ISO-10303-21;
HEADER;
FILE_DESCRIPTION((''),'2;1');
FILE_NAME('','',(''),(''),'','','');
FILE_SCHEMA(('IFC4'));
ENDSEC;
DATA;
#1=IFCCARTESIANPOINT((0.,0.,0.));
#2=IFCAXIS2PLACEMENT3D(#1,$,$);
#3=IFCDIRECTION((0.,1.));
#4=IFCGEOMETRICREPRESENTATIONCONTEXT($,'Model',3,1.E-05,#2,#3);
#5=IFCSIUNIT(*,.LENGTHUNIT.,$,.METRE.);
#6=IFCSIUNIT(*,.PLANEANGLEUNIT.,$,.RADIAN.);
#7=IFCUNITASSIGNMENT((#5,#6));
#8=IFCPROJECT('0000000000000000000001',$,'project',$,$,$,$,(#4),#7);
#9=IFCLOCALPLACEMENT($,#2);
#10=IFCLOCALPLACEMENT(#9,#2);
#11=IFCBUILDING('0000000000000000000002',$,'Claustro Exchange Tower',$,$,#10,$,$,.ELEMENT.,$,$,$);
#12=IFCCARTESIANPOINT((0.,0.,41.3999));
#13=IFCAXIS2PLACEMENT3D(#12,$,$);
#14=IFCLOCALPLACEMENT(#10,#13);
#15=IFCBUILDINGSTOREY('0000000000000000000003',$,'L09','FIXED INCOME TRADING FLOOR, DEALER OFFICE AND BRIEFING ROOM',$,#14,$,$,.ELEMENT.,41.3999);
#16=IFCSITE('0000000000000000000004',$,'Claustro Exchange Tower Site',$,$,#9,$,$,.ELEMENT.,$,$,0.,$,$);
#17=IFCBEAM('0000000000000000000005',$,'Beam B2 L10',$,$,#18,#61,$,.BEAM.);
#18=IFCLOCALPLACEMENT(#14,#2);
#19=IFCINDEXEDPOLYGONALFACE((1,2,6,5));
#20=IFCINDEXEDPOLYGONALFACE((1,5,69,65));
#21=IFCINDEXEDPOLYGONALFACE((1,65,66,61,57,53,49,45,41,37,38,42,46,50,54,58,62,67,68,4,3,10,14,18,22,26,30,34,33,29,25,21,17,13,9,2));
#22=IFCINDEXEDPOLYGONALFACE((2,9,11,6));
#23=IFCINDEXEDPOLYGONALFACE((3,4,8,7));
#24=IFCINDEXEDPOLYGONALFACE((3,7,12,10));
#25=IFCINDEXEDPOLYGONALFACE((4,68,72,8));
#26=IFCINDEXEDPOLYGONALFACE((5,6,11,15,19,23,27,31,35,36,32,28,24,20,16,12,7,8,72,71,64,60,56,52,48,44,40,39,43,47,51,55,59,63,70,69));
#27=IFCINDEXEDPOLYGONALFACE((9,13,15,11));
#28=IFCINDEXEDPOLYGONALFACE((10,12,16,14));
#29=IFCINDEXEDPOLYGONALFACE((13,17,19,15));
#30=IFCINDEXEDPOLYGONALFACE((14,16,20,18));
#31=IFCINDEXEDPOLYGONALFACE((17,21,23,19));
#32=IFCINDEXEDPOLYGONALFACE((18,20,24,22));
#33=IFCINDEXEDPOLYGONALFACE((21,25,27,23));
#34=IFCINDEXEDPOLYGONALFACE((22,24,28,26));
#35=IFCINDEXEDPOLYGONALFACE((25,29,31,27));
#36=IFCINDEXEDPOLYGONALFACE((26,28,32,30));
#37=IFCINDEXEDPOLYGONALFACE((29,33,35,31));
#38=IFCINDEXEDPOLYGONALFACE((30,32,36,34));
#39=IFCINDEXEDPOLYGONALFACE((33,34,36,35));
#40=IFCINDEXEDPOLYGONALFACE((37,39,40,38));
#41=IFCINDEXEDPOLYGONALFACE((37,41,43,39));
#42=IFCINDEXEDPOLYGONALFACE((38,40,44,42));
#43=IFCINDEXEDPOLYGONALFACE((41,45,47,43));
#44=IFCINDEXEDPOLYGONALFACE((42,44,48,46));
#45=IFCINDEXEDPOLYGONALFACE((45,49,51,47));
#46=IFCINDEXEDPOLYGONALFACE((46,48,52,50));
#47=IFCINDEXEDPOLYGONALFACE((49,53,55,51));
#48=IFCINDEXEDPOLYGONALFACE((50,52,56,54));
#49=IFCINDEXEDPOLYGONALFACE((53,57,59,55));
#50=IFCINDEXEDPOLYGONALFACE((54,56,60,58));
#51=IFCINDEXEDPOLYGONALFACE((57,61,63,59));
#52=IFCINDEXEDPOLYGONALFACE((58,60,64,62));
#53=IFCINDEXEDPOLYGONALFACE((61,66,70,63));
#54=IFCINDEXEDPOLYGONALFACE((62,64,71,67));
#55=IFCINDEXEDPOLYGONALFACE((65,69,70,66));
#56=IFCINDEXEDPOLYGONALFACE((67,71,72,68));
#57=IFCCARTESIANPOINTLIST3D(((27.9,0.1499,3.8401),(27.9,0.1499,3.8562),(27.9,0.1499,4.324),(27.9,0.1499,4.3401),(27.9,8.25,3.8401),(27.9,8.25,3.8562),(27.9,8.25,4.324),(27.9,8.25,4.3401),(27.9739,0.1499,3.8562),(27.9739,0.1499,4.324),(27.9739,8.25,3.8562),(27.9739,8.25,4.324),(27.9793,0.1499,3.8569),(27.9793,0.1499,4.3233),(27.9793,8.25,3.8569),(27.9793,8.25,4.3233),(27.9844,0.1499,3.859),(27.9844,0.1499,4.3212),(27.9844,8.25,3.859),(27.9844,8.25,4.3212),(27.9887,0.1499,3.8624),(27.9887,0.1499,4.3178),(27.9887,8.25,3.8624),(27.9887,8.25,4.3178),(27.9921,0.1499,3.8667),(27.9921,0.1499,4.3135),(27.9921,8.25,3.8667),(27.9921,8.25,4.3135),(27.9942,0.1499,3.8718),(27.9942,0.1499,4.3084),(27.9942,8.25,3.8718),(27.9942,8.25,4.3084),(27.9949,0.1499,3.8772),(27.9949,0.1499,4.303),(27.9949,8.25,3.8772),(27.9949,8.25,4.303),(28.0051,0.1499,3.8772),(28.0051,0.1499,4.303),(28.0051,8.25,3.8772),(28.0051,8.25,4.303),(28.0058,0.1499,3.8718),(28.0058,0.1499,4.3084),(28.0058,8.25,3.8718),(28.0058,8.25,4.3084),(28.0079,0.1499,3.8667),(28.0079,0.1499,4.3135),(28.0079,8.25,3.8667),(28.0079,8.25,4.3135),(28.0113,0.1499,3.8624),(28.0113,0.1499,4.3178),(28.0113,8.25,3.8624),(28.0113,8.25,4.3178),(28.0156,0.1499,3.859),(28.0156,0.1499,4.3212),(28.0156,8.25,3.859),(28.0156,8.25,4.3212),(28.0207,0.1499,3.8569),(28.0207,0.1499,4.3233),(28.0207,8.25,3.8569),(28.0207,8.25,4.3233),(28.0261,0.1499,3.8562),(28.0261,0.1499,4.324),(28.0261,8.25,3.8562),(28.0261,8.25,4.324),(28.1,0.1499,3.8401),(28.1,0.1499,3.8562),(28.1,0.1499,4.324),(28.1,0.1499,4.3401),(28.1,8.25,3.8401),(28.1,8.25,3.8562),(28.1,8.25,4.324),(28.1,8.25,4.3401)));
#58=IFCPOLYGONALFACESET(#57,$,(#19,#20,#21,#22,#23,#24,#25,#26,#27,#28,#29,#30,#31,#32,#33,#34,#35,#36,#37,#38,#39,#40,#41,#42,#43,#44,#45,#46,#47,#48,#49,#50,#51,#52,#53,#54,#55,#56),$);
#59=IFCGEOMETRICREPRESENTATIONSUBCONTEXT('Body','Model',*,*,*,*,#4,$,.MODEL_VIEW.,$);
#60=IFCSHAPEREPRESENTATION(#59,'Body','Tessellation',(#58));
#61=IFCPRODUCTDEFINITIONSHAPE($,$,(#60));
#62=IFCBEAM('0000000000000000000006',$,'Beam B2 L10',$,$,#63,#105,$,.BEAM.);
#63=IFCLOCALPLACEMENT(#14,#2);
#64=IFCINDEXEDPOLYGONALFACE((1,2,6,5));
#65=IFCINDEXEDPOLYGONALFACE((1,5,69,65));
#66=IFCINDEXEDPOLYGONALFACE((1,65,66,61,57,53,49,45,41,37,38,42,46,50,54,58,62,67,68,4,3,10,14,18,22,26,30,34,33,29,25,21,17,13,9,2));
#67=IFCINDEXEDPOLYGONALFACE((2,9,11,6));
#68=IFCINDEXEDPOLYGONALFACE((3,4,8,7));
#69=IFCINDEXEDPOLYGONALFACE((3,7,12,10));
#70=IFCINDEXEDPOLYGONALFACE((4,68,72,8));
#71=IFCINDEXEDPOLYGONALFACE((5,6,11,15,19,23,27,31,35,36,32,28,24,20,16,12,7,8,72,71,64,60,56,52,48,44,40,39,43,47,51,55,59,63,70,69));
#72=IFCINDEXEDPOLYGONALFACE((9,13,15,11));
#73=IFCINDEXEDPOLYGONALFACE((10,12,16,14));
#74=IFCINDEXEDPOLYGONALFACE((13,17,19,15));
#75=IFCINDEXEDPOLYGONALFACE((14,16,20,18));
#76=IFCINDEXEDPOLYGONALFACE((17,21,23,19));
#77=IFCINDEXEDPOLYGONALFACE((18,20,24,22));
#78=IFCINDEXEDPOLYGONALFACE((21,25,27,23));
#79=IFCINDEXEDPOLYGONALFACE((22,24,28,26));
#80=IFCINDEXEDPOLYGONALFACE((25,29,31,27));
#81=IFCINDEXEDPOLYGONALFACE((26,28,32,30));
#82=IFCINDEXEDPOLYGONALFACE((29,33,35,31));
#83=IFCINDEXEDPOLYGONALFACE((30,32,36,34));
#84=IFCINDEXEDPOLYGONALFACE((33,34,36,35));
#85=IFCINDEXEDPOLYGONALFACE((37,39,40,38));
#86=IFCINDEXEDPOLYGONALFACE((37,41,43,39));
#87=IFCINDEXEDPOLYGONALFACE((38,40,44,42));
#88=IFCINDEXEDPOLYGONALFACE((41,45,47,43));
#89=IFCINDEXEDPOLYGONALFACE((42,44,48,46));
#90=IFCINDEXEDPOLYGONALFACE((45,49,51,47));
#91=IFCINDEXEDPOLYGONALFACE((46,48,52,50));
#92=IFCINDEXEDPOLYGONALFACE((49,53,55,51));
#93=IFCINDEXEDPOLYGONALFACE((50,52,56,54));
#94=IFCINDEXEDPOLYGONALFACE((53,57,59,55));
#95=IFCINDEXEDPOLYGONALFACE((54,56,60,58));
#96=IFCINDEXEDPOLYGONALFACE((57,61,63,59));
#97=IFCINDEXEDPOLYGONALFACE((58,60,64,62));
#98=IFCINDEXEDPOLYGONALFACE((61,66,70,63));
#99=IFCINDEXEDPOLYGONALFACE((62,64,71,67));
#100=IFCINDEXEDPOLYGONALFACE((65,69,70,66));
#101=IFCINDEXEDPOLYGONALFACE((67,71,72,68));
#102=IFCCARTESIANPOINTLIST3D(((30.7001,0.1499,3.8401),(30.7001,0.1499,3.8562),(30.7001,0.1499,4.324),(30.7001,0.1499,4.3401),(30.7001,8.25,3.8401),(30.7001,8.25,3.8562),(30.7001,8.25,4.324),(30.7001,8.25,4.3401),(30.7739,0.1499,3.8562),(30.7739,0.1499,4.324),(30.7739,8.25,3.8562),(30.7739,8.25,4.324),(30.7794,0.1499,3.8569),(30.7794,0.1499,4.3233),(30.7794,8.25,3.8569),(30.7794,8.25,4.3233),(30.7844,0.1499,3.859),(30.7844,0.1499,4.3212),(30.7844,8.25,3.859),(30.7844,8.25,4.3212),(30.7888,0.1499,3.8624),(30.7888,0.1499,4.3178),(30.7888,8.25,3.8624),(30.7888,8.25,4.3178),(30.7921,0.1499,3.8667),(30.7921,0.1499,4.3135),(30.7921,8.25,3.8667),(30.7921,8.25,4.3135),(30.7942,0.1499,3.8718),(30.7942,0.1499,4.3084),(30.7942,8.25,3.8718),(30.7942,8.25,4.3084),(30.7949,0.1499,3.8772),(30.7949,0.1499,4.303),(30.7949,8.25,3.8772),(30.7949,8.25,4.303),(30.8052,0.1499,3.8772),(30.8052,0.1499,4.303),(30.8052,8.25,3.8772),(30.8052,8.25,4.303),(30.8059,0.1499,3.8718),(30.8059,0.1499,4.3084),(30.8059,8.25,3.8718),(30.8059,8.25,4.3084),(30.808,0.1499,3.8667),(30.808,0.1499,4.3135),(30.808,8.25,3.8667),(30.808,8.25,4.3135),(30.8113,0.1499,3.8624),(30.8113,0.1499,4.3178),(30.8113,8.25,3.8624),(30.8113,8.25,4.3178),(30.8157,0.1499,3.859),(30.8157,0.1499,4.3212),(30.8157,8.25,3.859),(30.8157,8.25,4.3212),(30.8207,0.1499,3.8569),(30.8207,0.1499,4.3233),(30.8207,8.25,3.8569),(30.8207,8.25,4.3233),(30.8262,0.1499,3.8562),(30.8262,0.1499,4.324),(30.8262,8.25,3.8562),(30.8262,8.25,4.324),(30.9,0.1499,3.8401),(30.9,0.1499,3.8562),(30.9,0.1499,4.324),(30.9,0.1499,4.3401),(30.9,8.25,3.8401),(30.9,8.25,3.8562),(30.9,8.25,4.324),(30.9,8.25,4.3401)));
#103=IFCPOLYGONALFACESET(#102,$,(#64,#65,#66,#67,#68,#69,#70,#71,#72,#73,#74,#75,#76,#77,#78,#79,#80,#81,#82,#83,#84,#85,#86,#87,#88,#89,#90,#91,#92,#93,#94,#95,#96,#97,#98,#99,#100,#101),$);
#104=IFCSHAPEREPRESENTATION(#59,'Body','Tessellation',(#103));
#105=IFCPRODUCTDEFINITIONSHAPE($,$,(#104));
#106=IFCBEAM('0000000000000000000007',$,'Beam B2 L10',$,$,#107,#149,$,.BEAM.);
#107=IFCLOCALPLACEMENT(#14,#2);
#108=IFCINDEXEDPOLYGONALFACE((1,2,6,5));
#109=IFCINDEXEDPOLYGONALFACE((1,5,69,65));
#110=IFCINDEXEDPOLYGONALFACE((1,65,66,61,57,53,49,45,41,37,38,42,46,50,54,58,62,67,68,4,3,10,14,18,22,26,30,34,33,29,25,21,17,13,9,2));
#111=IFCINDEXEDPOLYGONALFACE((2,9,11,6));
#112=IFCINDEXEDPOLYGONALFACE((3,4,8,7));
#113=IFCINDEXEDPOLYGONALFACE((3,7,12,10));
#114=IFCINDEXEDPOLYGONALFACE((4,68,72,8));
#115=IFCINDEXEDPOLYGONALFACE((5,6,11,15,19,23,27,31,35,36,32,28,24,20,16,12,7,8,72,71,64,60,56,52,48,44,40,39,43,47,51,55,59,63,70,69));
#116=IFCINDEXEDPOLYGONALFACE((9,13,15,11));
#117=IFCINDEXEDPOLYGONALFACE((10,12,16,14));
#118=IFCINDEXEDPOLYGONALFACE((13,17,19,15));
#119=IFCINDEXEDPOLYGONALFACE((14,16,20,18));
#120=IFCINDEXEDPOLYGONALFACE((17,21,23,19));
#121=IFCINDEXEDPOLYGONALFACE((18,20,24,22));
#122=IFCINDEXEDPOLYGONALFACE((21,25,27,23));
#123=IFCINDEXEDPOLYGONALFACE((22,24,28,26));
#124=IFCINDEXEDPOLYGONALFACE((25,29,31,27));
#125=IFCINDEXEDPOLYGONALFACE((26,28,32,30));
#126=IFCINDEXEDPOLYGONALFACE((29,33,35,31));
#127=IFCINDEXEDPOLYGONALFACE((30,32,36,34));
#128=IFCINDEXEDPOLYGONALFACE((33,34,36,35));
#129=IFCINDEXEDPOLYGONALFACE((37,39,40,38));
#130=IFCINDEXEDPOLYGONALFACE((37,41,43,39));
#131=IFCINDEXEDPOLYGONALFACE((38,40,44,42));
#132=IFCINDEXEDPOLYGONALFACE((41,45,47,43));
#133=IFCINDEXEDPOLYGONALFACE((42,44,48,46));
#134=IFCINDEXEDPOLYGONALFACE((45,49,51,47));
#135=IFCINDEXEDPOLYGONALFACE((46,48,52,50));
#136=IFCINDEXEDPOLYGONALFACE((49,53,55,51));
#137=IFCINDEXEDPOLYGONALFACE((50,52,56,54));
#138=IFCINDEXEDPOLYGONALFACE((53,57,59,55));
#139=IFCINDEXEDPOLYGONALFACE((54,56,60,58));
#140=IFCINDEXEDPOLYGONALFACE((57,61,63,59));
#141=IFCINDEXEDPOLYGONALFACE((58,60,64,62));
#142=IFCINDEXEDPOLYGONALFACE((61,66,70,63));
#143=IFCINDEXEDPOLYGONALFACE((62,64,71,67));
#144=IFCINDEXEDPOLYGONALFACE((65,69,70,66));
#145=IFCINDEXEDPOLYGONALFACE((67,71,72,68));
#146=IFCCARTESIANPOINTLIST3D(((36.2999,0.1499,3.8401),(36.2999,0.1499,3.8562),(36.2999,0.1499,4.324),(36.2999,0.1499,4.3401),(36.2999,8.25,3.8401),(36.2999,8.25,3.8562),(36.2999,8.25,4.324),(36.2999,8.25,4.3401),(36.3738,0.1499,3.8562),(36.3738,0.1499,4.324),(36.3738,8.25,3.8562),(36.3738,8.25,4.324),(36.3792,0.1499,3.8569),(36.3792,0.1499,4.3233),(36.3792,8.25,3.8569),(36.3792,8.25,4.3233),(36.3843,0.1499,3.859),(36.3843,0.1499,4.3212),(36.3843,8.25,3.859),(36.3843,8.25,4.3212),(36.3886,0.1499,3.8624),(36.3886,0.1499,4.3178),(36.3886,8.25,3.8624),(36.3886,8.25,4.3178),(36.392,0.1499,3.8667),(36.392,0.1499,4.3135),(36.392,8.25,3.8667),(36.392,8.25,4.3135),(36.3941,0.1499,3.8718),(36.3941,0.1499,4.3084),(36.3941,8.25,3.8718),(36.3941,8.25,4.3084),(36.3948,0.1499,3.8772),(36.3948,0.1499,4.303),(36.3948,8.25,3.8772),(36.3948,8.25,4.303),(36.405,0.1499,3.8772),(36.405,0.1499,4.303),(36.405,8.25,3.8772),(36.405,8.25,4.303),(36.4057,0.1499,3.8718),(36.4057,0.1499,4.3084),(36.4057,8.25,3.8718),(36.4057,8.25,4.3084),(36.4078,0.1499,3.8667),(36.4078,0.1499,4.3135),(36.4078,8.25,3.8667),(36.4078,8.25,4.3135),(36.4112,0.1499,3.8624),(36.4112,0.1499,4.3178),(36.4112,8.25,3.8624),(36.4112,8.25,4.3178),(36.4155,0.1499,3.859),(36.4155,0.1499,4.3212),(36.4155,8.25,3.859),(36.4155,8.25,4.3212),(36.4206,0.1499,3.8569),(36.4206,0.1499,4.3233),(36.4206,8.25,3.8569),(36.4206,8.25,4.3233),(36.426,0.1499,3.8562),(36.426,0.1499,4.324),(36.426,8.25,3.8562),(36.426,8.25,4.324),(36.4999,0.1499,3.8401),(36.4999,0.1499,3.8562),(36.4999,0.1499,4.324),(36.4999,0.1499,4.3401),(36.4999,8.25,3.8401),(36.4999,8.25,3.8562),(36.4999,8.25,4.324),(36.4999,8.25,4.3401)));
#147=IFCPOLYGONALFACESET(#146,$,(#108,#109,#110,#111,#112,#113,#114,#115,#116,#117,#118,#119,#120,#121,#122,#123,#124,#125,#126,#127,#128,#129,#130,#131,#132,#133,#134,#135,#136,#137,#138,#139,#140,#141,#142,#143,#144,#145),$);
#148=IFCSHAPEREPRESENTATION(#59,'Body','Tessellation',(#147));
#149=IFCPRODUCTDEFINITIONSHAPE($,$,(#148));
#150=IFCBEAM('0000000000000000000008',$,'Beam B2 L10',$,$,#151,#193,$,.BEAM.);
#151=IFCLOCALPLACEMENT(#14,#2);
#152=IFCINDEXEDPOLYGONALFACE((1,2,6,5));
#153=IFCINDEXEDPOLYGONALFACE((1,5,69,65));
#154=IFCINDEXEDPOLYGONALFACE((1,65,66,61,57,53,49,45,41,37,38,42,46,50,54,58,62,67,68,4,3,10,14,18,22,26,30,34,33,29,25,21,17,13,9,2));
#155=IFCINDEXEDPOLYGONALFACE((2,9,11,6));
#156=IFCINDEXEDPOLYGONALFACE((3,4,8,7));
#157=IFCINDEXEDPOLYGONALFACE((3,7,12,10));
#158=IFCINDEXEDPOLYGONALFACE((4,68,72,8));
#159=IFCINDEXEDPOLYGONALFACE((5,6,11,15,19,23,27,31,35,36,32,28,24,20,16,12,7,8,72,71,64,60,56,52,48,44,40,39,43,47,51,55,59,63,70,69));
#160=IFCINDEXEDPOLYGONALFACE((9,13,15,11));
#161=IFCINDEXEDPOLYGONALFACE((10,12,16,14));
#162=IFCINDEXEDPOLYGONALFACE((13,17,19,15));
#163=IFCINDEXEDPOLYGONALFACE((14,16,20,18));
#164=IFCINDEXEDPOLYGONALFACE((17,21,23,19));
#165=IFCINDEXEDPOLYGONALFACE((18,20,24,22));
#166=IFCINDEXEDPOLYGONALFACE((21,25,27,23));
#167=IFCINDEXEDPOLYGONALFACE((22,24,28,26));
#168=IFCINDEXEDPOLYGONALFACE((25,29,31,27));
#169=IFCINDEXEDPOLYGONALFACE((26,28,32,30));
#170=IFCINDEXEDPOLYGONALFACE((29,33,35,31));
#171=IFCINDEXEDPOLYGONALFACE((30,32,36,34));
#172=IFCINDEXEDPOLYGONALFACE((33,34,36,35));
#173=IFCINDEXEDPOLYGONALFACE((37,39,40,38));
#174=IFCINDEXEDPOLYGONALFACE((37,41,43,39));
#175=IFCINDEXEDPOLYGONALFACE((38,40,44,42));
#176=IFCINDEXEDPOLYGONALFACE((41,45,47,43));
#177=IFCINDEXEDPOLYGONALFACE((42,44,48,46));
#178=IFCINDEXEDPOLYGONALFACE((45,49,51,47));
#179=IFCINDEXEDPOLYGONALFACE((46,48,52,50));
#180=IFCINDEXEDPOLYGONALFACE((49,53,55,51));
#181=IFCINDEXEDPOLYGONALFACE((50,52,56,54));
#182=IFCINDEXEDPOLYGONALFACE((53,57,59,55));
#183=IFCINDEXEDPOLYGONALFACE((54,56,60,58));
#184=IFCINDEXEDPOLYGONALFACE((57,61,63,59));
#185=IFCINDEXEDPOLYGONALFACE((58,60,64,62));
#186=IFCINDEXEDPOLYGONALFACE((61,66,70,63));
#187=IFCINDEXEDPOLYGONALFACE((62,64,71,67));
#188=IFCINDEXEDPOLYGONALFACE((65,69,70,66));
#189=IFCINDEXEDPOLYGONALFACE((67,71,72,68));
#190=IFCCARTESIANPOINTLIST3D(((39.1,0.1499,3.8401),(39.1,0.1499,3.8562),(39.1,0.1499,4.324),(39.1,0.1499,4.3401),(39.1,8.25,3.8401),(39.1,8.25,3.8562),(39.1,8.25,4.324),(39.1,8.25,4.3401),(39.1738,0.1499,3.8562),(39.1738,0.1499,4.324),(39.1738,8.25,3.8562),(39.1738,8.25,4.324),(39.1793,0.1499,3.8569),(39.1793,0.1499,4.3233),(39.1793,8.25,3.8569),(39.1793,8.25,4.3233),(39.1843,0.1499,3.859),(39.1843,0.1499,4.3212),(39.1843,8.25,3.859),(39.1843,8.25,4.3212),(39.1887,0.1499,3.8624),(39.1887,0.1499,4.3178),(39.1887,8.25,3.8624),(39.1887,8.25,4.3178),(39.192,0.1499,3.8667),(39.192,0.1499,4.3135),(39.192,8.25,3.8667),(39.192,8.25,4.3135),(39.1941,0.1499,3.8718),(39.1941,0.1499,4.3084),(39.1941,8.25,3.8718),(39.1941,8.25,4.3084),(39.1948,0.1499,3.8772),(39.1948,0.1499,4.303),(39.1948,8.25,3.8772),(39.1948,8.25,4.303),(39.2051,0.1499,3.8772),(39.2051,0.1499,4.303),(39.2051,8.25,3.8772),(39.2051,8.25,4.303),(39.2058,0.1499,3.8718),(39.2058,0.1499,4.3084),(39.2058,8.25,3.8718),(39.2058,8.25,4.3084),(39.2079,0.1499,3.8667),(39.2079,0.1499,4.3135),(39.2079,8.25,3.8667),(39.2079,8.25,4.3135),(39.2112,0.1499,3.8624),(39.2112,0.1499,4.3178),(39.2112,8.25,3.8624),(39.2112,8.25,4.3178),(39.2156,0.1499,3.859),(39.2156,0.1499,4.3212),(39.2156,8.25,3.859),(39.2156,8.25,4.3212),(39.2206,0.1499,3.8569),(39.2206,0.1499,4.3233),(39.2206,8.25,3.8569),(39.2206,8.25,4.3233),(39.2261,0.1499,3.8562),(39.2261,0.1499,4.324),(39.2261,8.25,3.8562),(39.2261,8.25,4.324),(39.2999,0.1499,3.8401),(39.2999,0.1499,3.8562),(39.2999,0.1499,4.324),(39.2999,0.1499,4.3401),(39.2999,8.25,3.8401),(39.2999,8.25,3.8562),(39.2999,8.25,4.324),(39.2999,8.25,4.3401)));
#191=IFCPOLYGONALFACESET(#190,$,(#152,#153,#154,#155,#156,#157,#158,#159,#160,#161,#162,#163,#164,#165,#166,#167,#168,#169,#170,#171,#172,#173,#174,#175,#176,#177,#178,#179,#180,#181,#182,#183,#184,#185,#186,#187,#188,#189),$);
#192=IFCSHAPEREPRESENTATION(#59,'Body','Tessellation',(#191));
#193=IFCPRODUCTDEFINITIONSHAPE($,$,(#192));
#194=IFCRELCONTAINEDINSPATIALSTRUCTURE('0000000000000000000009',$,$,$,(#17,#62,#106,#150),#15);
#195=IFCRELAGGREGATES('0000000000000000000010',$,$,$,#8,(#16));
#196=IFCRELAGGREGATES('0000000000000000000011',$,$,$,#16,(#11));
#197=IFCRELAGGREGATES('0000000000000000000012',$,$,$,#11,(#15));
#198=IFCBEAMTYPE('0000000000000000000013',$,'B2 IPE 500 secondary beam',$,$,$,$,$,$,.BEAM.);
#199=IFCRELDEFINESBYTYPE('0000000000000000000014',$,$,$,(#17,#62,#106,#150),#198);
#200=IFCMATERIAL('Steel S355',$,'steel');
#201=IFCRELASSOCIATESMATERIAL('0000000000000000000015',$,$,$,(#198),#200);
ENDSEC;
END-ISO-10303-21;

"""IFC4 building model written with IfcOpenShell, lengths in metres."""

from ifc_helpers import new_model, si_unit, direction, frame, origin, origin_2d, place, context, subcontext, project, spatial, i_section, extrude, material, material_profile, profile_set, type_object, element, save


model = new_model("IFC4")

# Units and contexts
model_context = context("Model", 3, precision=1e-05, world=origin(), true_north=direction((0.0, 1.0)))
body_context = subcontext(model_context, "Body", "Model", "MODEL_VIEW")
ifc_project = project(units=[si_unit("LENGTHUNIT", "METRE"), si_unit("PLANEANGLEUNIT", "RADIAN")], contexts=[model_context])

# Site, building, storey
site_placement = place(None, origin())
site = spatial("IfcSite", under=ifc_project, at=site_placement, Name="Claustro Exchange Tower Site", CompositionType="ELEMENT", RefElevation=0.0)
building_placement = place(site_placement, origin())
building = spatial("IfcBuilding", under=site, at=building_placement, Name="Claustro Exchange Tower", CompositionType="ELEMENT")
storey_placement = place(building_placement, frame((0.0, 0.0, 41.3999)))
storey = spatial("IfcBuildingStorey", under=building, at=storey_placement, Name="L09", Description="FIXED INCOME TRADING FLOOR, DEALER OFFICE AND BRIEFING ROOM", CompositionType="ELEMENT", Elevation=41.3999)

# Beams
ifc_material_1 = material(Name="Steel S355", Category="steel")
ifc_material_profile_1 = material_profile(ifc_material_1, i_section(OverallWidth=0.2, OverallDepth=0.5, WebThickness=0.0103, FlangeThickness=0.0161, FilletRadius=0.021, at=origin_2d()), Name="IPE 500")
ifc_profile_set_1 = profile_set([ifc_material_profile_1], Name="Steel S355")
beam_type_1 = type_object("IfcBeamType", Name="B2 IPE 500 secondary beam", PredefinedType="BEAM", material=ifc_profile_set_1)
for number, where, z_axis, x_axis, name in (
    (1, (28.0, 0.1499, 4.0901), (0.0, 1.0, 0.0), (-1.0, 0.0, 0.0), "Beam B2 L10"),
    (2, (30.8, 0.1499, 4.0901), (0.0, 1.0, 0.0), (-1.0, 0.0, 0.0), "Beam B2 L10"),
    (3, (36.3999, 0.1499, 4.0901), (0.0, 1.0, 0.0), (-1.0, 0.0, 0.0), "Beam B2 L10"),
    (4, (39.2, 0.1499, 4.0901), (0.0, 1.0, 0.0), (-1.0, 0.0, 0.0), "Beam B2 L10"),
):
    element("IfcBeam", number, at=place(storey_placement, frame(where, z_axis=z_axis, x_axis=x_axis)), inside=storey, type_object=beam_type_1, Name=name, PredefinedType="BEAM", context=body_context, shape_type="SweptSolid", body=[
        extrude(i_section(OverallWidth=0.2, OverallDepth=0.5, WebThickness=0.0103, FlangeThickness=0.0161, FilletRadius=0.021, at=origin_2d()), origin(), (0.0, 0.0, 1.0), 8.1001),
    ])

save(model, "model.ifc")
